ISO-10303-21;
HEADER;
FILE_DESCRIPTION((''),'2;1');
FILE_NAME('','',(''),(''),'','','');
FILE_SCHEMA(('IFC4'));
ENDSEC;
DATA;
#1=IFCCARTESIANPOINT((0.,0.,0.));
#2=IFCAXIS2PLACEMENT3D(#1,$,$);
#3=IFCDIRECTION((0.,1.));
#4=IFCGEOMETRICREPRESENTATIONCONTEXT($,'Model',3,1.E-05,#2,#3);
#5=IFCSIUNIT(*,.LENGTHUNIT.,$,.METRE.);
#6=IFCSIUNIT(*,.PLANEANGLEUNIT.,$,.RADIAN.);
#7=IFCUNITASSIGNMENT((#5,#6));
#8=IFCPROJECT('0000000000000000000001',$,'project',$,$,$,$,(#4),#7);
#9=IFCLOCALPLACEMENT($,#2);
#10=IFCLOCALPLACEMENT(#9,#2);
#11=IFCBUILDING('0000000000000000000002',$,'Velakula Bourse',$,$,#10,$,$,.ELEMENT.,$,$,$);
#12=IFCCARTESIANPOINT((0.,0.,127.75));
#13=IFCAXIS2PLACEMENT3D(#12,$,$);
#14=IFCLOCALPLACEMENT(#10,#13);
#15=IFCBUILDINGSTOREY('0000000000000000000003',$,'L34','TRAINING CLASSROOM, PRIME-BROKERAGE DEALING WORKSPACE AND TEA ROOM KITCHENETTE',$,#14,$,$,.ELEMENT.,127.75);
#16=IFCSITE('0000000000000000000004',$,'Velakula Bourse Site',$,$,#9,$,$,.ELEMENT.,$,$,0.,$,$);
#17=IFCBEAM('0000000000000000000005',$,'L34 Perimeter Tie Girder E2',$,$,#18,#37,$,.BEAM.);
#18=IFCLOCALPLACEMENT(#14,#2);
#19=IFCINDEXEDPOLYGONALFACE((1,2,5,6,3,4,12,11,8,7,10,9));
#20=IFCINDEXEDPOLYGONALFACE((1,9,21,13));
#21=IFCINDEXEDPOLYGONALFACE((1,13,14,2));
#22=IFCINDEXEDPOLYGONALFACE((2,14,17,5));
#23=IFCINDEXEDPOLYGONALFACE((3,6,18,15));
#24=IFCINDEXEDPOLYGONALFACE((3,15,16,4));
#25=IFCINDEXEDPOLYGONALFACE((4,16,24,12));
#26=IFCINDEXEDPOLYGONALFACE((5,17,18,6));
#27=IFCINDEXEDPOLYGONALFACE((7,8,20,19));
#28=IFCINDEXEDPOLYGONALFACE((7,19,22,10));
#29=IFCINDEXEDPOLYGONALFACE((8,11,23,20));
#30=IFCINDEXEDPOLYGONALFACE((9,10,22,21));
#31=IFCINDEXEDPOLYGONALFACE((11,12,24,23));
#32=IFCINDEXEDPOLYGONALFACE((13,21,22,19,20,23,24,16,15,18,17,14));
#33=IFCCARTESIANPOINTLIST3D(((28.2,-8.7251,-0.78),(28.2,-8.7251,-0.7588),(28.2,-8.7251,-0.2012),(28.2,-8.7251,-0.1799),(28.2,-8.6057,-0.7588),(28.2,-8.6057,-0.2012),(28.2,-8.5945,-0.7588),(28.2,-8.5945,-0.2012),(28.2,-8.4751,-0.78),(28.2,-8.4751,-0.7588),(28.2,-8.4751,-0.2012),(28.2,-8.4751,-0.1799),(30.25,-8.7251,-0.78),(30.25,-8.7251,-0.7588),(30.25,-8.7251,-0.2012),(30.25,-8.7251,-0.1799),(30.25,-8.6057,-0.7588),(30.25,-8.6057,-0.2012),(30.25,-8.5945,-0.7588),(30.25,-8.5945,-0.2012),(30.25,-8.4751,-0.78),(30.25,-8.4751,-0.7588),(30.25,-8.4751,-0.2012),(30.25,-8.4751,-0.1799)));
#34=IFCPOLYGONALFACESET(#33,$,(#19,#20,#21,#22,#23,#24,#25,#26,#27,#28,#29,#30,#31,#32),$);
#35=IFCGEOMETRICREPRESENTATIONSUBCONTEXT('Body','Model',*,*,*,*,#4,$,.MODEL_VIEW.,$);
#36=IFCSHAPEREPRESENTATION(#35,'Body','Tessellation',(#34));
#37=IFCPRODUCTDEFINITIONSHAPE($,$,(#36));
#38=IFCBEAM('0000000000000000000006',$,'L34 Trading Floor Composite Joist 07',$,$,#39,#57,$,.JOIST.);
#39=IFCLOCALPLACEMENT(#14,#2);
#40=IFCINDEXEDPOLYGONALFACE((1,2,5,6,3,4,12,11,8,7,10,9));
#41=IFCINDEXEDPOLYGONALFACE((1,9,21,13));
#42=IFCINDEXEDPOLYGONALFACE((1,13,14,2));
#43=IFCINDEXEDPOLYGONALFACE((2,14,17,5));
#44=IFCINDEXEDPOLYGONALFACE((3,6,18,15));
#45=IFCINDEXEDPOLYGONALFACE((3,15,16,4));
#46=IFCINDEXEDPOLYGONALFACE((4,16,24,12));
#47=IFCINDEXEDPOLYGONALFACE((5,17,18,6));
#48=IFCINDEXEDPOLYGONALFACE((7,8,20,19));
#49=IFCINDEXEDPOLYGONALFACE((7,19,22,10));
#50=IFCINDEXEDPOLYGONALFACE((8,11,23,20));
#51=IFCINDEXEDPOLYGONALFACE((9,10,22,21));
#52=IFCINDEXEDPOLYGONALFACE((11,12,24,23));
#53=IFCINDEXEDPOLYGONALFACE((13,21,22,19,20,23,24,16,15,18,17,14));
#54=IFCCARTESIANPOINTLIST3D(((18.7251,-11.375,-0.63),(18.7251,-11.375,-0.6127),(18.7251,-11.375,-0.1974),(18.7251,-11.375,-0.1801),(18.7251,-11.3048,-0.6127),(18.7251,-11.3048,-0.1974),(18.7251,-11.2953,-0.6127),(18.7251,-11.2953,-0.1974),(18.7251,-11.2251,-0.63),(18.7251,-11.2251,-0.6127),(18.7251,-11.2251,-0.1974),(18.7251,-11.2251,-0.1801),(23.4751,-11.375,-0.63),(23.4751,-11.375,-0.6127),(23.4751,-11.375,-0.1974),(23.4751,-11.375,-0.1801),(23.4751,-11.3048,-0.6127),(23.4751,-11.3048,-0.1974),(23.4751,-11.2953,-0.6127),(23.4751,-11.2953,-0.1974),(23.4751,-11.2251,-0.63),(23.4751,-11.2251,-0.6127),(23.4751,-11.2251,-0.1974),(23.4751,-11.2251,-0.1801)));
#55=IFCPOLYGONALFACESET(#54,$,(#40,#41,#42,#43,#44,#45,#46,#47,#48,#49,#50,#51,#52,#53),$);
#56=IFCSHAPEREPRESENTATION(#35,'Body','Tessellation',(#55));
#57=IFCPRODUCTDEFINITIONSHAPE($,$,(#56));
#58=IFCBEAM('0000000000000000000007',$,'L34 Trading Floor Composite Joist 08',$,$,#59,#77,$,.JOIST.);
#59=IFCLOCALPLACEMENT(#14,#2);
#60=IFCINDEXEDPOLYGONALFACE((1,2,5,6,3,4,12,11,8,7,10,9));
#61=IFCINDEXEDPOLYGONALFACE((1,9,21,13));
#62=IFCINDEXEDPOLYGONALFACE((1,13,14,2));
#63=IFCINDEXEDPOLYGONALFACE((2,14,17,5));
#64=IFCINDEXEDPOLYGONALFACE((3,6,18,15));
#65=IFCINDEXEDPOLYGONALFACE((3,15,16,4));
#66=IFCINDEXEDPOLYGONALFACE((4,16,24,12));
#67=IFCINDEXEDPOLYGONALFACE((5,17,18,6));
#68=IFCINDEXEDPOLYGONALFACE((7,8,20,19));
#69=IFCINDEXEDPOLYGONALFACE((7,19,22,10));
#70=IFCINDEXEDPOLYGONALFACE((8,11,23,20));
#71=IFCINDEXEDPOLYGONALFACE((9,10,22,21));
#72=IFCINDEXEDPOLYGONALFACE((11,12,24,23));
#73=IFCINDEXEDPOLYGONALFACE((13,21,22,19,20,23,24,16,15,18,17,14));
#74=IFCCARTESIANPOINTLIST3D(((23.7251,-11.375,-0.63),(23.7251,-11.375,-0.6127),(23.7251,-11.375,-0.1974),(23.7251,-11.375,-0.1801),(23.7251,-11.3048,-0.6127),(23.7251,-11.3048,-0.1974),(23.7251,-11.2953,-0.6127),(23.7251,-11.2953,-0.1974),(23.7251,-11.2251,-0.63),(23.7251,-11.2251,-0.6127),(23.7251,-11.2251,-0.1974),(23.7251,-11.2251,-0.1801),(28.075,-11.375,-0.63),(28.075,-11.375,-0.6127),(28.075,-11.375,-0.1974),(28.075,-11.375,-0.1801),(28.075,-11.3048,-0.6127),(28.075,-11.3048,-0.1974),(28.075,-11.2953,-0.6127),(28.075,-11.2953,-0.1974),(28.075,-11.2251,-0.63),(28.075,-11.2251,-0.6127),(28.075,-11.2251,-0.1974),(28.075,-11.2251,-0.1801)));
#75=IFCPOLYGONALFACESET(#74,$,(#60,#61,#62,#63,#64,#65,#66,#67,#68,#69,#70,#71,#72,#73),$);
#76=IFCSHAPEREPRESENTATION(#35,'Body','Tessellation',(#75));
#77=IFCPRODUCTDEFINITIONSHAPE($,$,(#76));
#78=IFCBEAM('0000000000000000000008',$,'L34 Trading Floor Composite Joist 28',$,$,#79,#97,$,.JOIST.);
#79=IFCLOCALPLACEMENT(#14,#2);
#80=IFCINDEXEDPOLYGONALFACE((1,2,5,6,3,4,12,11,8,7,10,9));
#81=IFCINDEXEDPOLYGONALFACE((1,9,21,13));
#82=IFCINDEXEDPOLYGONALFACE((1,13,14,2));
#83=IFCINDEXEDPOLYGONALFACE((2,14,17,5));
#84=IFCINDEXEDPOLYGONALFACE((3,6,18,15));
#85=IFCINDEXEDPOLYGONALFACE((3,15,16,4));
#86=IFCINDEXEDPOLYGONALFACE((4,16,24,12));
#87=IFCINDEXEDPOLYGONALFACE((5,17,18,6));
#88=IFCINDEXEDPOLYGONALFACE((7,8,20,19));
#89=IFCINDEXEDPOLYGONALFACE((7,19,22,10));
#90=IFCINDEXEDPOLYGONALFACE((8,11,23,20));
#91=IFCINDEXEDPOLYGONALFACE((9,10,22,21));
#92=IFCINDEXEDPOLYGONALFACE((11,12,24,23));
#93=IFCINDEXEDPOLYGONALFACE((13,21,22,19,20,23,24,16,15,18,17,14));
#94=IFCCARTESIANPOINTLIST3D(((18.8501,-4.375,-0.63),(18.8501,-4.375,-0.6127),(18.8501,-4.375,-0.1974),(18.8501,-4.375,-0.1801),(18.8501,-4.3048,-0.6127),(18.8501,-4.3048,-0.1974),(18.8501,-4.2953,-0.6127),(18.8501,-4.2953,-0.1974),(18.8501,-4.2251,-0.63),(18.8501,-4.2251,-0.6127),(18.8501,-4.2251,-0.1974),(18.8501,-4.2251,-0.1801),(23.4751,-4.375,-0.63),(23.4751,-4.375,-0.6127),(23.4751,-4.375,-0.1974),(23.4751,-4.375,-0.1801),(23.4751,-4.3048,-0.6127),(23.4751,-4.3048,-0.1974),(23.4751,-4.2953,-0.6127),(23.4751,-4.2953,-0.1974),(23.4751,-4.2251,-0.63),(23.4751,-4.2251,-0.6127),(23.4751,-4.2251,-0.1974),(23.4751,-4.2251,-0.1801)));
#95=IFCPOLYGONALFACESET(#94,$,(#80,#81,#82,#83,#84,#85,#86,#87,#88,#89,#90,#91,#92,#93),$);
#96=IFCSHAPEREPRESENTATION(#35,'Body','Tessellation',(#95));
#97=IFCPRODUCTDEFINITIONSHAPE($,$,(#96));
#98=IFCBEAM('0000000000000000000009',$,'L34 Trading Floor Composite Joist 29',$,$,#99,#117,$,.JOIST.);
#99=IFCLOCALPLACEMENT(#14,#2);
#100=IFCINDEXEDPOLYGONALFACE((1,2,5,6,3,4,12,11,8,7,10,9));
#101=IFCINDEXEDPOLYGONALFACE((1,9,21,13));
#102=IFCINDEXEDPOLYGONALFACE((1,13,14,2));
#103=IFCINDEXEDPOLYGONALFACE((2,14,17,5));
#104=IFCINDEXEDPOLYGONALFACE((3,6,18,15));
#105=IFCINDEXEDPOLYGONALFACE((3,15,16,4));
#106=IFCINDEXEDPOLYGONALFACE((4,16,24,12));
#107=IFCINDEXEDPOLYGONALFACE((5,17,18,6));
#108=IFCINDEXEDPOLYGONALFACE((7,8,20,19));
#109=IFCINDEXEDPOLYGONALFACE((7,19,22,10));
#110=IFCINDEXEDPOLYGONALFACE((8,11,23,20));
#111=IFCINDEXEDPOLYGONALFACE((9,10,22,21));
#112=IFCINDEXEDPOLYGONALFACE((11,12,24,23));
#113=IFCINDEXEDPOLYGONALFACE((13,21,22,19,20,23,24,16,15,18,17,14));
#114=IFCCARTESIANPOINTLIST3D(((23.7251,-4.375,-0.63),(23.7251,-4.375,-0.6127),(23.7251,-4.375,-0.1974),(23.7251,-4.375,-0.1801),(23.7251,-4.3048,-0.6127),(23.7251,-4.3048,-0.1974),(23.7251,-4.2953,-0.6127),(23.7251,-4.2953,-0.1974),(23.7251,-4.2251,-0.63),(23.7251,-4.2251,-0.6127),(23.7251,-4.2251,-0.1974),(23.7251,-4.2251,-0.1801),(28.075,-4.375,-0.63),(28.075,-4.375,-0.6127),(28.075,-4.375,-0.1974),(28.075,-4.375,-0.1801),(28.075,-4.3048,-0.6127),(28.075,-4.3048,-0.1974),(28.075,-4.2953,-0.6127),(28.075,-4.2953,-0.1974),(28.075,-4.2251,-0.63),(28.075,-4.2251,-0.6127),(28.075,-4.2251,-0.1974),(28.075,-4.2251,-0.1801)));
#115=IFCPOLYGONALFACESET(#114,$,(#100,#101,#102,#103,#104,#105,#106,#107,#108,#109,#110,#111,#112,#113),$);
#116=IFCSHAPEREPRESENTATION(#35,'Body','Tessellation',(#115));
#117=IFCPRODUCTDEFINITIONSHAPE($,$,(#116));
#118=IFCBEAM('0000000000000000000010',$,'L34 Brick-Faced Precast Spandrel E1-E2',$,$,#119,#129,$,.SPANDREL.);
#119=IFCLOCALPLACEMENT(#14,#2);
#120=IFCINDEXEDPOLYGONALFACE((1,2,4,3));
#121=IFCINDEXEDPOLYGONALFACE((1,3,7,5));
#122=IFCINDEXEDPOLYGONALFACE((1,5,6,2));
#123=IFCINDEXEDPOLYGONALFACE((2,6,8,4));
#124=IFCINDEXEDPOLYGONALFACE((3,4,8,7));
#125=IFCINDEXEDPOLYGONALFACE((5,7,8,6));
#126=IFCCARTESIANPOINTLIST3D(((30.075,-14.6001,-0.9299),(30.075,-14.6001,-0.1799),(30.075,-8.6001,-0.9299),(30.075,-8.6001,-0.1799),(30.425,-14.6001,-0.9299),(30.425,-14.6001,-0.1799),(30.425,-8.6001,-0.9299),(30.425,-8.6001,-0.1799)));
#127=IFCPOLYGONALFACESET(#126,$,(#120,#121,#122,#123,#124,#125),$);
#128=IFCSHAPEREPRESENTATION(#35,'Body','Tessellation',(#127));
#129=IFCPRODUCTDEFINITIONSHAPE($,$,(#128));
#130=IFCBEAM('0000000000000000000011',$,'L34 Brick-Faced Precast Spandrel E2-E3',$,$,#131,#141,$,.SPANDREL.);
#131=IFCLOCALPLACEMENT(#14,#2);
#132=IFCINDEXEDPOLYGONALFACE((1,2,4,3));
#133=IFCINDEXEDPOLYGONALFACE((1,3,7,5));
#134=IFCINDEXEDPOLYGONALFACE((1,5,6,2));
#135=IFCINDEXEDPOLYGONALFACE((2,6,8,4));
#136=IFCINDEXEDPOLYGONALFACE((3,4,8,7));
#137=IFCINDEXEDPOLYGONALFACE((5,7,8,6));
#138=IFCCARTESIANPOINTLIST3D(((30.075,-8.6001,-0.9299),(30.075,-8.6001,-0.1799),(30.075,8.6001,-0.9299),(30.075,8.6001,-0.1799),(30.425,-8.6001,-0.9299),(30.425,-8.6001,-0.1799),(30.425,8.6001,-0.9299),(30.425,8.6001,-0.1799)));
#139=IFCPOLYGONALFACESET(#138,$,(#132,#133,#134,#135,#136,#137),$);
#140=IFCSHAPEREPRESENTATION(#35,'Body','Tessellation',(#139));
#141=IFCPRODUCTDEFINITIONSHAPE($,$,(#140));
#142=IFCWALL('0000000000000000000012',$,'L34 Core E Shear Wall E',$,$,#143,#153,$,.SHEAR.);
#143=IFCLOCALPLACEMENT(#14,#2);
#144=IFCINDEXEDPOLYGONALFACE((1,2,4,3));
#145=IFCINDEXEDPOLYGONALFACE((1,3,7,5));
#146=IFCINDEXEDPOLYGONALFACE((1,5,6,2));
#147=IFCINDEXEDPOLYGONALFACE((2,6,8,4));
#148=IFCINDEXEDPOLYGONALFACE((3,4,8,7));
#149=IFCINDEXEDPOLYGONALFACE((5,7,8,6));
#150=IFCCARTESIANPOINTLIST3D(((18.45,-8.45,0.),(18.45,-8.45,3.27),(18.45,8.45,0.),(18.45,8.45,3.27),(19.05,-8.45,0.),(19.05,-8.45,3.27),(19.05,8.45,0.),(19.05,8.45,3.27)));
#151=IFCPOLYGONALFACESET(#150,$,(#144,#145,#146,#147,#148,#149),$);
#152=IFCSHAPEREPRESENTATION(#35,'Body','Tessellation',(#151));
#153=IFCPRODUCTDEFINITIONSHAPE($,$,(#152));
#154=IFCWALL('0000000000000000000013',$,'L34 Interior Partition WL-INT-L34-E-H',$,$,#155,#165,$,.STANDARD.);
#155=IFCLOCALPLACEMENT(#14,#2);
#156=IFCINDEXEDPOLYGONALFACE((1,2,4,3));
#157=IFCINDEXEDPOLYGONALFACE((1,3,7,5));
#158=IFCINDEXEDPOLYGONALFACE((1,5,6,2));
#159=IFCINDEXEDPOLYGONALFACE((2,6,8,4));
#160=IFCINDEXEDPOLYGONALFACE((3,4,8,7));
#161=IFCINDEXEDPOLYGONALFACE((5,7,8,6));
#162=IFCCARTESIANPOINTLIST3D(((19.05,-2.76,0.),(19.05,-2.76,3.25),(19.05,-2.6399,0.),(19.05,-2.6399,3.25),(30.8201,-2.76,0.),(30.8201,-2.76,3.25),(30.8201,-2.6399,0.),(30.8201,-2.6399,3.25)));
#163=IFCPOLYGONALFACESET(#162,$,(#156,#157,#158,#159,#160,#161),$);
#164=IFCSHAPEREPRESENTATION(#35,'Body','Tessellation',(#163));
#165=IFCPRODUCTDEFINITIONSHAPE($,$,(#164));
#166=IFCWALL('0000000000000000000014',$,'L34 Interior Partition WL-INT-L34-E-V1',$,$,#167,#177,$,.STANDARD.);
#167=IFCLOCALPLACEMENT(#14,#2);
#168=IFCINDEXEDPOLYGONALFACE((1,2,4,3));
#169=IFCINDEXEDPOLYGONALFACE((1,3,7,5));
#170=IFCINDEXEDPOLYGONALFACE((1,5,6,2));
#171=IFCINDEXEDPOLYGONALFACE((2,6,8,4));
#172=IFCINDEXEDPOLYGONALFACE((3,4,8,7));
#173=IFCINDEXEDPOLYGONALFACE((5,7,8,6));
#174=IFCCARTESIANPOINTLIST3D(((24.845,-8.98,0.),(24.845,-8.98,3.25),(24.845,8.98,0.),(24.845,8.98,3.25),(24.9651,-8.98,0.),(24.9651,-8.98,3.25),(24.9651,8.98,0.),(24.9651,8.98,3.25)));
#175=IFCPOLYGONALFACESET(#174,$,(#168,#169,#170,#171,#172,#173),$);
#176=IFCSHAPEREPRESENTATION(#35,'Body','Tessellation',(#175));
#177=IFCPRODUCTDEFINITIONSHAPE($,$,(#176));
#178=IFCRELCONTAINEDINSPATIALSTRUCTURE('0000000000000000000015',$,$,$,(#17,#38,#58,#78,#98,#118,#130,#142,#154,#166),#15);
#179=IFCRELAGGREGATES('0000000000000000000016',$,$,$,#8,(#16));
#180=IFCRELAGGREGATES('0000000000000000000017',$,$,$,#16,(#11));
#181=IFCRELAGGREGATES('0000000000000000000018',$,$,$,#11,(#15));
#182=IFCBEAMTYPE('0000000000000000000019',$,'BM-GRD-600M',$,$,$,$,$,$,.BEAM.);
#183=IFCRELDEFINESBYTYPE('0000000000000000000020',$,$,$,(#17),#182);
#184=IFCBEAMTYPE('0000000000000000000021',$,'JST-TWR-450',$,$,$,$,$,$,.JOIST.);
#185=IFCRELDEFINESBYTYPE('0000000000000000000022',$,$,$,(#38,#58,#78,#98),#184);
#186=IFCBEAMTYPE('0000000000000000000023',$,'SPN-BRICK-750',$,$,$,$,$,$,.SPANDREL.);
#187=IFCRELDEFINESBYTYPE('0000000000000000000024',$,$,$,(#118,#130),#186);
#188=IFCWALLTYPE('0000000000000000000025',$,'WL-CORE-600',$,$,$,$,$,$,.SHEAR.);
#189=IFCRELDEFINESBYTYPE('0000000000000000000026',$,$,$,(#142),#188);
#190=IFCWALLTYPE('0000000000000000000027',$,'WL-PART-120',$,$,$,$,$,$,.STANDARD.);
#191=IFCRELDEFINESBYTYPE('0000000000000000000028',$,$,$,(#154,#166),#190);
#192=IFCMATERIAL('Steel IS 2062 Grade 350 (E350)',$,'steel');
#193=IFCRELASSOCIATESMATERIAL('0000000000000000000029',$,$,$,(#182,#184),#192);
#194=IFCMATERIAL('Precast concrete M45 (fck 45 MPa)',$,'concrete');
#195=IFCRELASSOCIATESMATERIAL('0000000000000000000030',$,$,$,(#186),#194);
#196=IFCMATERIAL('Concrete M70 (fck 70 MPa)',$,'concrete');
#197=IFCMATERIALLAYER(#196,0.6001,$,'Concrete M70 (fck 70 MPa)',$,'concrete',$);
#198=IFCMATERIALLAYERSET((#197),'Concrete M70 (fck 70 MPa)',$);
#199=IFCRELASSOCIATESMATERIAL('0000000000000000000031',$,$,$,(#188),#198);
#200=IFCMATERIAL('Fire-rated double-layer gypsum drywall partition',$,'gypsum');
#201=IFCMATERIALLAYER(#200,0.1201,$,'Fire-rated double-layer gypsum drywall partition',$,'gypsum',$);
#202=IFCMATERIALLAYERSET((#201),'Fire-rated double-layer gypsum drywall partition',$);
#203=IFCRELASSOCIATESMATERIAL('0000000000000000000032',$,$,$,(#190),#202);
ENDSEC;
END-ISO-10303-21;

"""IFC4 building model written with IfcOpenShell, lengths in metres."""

from ifc_helpers import new_model, si_unit, direction, frame, frame_2d, origin, origin_2d, place, context, subcontext, project, spatial, rectangle, i_section, extrude, material, layer, layer_set, material_profile, profile_set, type_object, element, save


model = new_model("IFC4")

# Units and contexts
model_context = context("Model", 3, precision=1e-05, world=origin(), true_north=direction((0.0, 1.0)))
body_context = subcontext(model_context, "Body", "Model", "MODEL_VIEW")
ifc_project = project(units=[si_unit("LENGTHUNIT", "METRE"), si_unit("PLANEANGLEUNIT", "RADIAN")], contexts=[model_context])

# Site, building, storey
site_placement = place(None, origin())
site = spatial("IfcSite", under=ifc_project, at=site_placement, Name="Velakula Bourse Site", CompositionType="ELEMENT", RefElevation=0.0)
building_placement = place(site_placement, origin())
building = spatial("IfcBuilding", under=site, at=building_placement, Name="Velakula Bourse", CompositionType="ELEMENT")
storey_placement = place(building_placement, frame((0.0, 0.0, 127.75)))
storey = spatial("IfcBuildingStorey", under=building, at=storey_placement, Name="L34", Description="TRAINING CLASSROOM, PRIME-BROKERAGE DEALING WORKSPACE AND TEA ROOM KITCHENETTE", CompositionType="ELEMENT", Elevation=127.75)

# Shared definitions
ifc_material_1 = material(Name="Concrete M70 (fck 70 MPa)", Category="concrete")
ifc_material_2 = material(Name="Steel IS 2062 Grade 350 (E350)", Category="steel")

# Beams
ifc_material_profile_1 = material_profile(ifc_material_2, i_section(OverallWidth=0.25, OverallDepth=0.6001, WebThickness=0.0112, FlangeThickness=0.0212, at=origin_2d()), Name="Steel IS 2062 Grade 350 (E350)")
ifc_profile_set_1 = profile_set([ifc_material_profile_1], Name="Steel IS 2062 Grade 350 (E350)")
beam_type_1 = type_object("IfcBeamType", Name="BM-GRD-600M", PredefinedType="BEAM", material=ifc_profile_set_1)
beam_1_placement = place(storey_placement, frame((28.2, -8.6001, -0.48), z_axis=(1.0, 0.0, 0.0), x_axis=(0.0, 1.0, 0.0)))
element("IfcBeam", 1, at=beam_1_placement, inside=storey, type_object=beam_type_1, Name="L34 Perimeter Tie Girder E2", PredefinedType="BEAM", context=body_context, shape_type="SweptSolid", body=[
    extrude(i_section(OverallWidth=0.25, OverallDepth=0.6001, WebThickness=0.0112, FlangeThickness=0.0212, at=origin_2d()), origin(), (0.0, 0.0, 1.0), 2.05),
])
ifc_material_profile_2 = material_profile(ifc_material_2, i_section(OverallWidth=0.1499, OverallDepth=0.45, WebThickness=0.0095, FlangeThickness=0.0173, at=origin_2d()), Name="Steel IS 2062 Grade 350 (E350)")
ifc_profile_set_2 = profile_set([ifc_material_profile_2], Name="Steel IS 2062 Grade 350 (E350)")
beam_type_2 = type_object("IfcBeamType", Name="JST-TWR-450", PredefinedType="JOIST", material=ifc_profile_set_2)
beam_2_placement = place(storey_placement, frame((18.7251, -11.3, -0.405), z_axis=(1.0, 0.0, 0.0), x_axis=(0.0, 1.0, 0.0)))
element("IfcBeam", 2, at=beam_2_placement, inside=storey, type_object=beam_type_2, Name="L34 Trading Floor Composite Joist 07", PredefinedType="JOIST", context=body_context, shape_type="SweptSolid", body=[
    extrude(i_section(OverallWidth=0.1499, OverallDepth=0.45, WebThickness=0.0095, FlangeThickness=0.0173, at=origin_2d()), origin(), (0.0, 0.0, 1.0), 4.75),
])
beam_3_placement = place(storey_placement, frame((23.7251, -11.3, -0.405), z_axis=(1.0, 0.0, 0.0), x_axis=(0.0, 1.0, 0.0)))
element("IfcBeam", 3, at=beam_3_placement, inside=storey, type_object=beam_type_2, Name="L34 Trading Floor Composite Joist 08", PredefinedType="JOIST", context=body_context, shape_type="SweptSolid", body=[
    extrude(i_section(OverallWidth=0.1499, OverallDepth=0.45, WebThickness=0.0095, FlangeThickness=0.0173, at=origin_2d()), origin(), (0.0, 0.0, 1.0), 4.3499),
])
beam_4_placement = place(storey_placement, frame((18.8501, -4.3, -0.405), z_axis=(1.0, 0.0, 0.0), x_axis=(0.0, 1.0, 0.0)))
element("IfcBeam", 4, at=beam_4_placement, inside=storey, type_object=beam_type_2, Name="L34 Trading Floor Composite Joist 28", PredefinedType="JOIST", context=body_context, shape_type="SweptSolid", body=[
    extrude(i_section(OverallWidth=0.1499, OverallDepth=0.45, WebThickness=0.0095, FlangeThickness=0.0173, at=origin_2d()), origin(), (0.0, 0.0, 1.0), 4.625),
])
beam_5_placement = place(storey_placement, frame((23.7251, -4.3, -0.405), z_axis=(1.0, 0.0, 0.0), x_axis=(0.0, 1.0, 0.0)))
element("IfcBeam", 5, at=beam_5_placement, inside=storey, type_object=beam_type_2, Name="L34 Trading Floor Composite Joist 29", PredefinedType="JOIST", context=body_context, shape_type="SweptSolid", body=[
    extrude(i_section(OverallWidth=0.1499, OverallDepth=0.45, WebThickness=0.0095, FlangeThickness=0.0173, at=origin_2d()), origin(), (0.0, 0.0, 1.0), 4.3499),
])
ifc_material_3 = material(Name="Precast concrete M45 (fck 45 MPa)", Category="concrete")
ifc_material_profile_3 = material_profile(ifc_material_3, rectangle(XDim=0.3501, YDim=0.75, at=origin_2d()), Name="Precast concrete M45 (fck 45 MPa)")
ifc_profile_set_3 = profile_set([ifc_material_profile_3], Name="Precast concrete M45 (fck 45 MPa)")
beam_type_3 = type_object("IfcBeamType", Name="SPN-BRICK-750", PredefinedType="SPANDREL", material=ifc_profile_set_3)
beam_6_placement = place(storey_placement, frame((30.25, -14.6001, -0.5549), z_axis=(0.0, 1.0, 0.0), x_axis=(-1.0, 0.0, 0.0)))
element("IfcBeam", 6, at=beam_6_placement, inside=storey, type_object=beam_type_3, Name="L34 Brick-Faced Precast Spandrel E1-E2", PredefinedType="SPANDREL", context=body_context, shape_type="SweptSolid", body=[
    extrude(rectangle(XDim=0.3501, YDim=0.75, at=origin_2d()), origin(), (0.0, 0.0, 1.0), 6.0),
])
beam_7_placement = place(storey_placement, frame((30.25, -8.6001, -0.5549), z_axis=(0.0, 1.0, 0.0), x_axis=(-1.0, 0.0, 0.0)))
element("IfcBeam", 7, at=beam_7_placement, inside=storey, type_object=beam_type_3, Name="L34 Brick-Faced Precast Spandrel E2-E3", PredefinedType="SPANDREL", context=body_context, shape_type="SweptSolid", body=[
    extrude(rectangle(XDim=0.3501, YDim=0.75, at=origin_2d()), origin(), (0.0, 0.0, 1.0), 17.2002),
])

# Walls
ifc_layer_1 = layer(ifc_material_1, 0.6001, Name="Concrete M70 (fck 70 MPa)", Category="concrete")
ifc_layer_set_1 = layer_set([ifc_layer_1], Name="Concrete M70 (fck 70 MPa)")
wall_type_1 = type_object("IfcWallType", Name="WL-CORE-600", PredefinedType="SHEAR", material=ifc_layer_set_1)
wall_1_placement = place(storey_placement, frame((18.75, -8.45, 0.0), z_axis=(0.0, 0.0, 1.0), x_axis=(0.0, 1.0, 0.0)))
element("IfcWall", 8, at=wall_1_placement, inside=storey, type_object=wall_type_1, Name="L34 Core E Shear Wall E", PredefinedType="SHEAR", context=body_context, shape_type="SweptSolid", body=[
    extrude(rectangle(XDim=16.8999, YDim=0.6001, at=frame_2d((8.45, 0.0))), origin(), (0.0, 0.0, 1.0), 3.27),
])
ifc_material_4 = material(Name="Fire-rated double-layer gypsum drywall partition", Category="gypsum")
ifc_layer_2 = layer(ifc_material_4, 0.1201, Name="Fire-rated double-layer gypsum drywall partition", Category="gypsum")
ifc_layer_set_2 = layer_set([ifc_layer_2], Name="Fire-rated double-layer gypsum drywall partition")
wall_type_2 = type_object("IfcWallType", Name="WL-PART-120", PredefinedType="STANDARD", material=ifc_layer_set_2)
wall_2_placement = place(storey_placement, frame((19.05, -2.7, 0.0), z_axis=(0.0, 0.0, 1.0), x_axis=(1.0, 0.0, 0.0)))
element("IfcWall", 9, at=wall_2_placement, inside=storey, type_object=wall_type_2, Name="L34 Interior Partition WL-INT-L34-E-H", PredefinedType="STANDARD", context=body_context, shape_type="SweptSolid", body=[
    extrude(rectangle(XDim=11.77, YDim=0.1201, at=frame_2d((5.885, 0.0))), origin(), (0.0, 0.0, 1.0), 3.25),
])
wall_3_placement = place(storey_placement, frame((24.905, -8.98, 0.0), z_axis=(0.0, 0.0, 1.0), x_axis=(0.0, 1.0, 0.0)))
element("IfcWall", 10, at=wall_3_placement, inside=storey, type_object=wall_type_2, Name="L34 Interior Partition WL-INT-L34-E-V1", PredefinedType="STANDARD", context=body_context, shape_type="SweptSolid", body=[
    extrude(rectangle(XDim=17.96, YDim=0.1201, at=frame_2d((8.98, 0.0))), origin(), (0.0, 0.0, 1.0), 3.25),
])

save(model, "model.ifc")
